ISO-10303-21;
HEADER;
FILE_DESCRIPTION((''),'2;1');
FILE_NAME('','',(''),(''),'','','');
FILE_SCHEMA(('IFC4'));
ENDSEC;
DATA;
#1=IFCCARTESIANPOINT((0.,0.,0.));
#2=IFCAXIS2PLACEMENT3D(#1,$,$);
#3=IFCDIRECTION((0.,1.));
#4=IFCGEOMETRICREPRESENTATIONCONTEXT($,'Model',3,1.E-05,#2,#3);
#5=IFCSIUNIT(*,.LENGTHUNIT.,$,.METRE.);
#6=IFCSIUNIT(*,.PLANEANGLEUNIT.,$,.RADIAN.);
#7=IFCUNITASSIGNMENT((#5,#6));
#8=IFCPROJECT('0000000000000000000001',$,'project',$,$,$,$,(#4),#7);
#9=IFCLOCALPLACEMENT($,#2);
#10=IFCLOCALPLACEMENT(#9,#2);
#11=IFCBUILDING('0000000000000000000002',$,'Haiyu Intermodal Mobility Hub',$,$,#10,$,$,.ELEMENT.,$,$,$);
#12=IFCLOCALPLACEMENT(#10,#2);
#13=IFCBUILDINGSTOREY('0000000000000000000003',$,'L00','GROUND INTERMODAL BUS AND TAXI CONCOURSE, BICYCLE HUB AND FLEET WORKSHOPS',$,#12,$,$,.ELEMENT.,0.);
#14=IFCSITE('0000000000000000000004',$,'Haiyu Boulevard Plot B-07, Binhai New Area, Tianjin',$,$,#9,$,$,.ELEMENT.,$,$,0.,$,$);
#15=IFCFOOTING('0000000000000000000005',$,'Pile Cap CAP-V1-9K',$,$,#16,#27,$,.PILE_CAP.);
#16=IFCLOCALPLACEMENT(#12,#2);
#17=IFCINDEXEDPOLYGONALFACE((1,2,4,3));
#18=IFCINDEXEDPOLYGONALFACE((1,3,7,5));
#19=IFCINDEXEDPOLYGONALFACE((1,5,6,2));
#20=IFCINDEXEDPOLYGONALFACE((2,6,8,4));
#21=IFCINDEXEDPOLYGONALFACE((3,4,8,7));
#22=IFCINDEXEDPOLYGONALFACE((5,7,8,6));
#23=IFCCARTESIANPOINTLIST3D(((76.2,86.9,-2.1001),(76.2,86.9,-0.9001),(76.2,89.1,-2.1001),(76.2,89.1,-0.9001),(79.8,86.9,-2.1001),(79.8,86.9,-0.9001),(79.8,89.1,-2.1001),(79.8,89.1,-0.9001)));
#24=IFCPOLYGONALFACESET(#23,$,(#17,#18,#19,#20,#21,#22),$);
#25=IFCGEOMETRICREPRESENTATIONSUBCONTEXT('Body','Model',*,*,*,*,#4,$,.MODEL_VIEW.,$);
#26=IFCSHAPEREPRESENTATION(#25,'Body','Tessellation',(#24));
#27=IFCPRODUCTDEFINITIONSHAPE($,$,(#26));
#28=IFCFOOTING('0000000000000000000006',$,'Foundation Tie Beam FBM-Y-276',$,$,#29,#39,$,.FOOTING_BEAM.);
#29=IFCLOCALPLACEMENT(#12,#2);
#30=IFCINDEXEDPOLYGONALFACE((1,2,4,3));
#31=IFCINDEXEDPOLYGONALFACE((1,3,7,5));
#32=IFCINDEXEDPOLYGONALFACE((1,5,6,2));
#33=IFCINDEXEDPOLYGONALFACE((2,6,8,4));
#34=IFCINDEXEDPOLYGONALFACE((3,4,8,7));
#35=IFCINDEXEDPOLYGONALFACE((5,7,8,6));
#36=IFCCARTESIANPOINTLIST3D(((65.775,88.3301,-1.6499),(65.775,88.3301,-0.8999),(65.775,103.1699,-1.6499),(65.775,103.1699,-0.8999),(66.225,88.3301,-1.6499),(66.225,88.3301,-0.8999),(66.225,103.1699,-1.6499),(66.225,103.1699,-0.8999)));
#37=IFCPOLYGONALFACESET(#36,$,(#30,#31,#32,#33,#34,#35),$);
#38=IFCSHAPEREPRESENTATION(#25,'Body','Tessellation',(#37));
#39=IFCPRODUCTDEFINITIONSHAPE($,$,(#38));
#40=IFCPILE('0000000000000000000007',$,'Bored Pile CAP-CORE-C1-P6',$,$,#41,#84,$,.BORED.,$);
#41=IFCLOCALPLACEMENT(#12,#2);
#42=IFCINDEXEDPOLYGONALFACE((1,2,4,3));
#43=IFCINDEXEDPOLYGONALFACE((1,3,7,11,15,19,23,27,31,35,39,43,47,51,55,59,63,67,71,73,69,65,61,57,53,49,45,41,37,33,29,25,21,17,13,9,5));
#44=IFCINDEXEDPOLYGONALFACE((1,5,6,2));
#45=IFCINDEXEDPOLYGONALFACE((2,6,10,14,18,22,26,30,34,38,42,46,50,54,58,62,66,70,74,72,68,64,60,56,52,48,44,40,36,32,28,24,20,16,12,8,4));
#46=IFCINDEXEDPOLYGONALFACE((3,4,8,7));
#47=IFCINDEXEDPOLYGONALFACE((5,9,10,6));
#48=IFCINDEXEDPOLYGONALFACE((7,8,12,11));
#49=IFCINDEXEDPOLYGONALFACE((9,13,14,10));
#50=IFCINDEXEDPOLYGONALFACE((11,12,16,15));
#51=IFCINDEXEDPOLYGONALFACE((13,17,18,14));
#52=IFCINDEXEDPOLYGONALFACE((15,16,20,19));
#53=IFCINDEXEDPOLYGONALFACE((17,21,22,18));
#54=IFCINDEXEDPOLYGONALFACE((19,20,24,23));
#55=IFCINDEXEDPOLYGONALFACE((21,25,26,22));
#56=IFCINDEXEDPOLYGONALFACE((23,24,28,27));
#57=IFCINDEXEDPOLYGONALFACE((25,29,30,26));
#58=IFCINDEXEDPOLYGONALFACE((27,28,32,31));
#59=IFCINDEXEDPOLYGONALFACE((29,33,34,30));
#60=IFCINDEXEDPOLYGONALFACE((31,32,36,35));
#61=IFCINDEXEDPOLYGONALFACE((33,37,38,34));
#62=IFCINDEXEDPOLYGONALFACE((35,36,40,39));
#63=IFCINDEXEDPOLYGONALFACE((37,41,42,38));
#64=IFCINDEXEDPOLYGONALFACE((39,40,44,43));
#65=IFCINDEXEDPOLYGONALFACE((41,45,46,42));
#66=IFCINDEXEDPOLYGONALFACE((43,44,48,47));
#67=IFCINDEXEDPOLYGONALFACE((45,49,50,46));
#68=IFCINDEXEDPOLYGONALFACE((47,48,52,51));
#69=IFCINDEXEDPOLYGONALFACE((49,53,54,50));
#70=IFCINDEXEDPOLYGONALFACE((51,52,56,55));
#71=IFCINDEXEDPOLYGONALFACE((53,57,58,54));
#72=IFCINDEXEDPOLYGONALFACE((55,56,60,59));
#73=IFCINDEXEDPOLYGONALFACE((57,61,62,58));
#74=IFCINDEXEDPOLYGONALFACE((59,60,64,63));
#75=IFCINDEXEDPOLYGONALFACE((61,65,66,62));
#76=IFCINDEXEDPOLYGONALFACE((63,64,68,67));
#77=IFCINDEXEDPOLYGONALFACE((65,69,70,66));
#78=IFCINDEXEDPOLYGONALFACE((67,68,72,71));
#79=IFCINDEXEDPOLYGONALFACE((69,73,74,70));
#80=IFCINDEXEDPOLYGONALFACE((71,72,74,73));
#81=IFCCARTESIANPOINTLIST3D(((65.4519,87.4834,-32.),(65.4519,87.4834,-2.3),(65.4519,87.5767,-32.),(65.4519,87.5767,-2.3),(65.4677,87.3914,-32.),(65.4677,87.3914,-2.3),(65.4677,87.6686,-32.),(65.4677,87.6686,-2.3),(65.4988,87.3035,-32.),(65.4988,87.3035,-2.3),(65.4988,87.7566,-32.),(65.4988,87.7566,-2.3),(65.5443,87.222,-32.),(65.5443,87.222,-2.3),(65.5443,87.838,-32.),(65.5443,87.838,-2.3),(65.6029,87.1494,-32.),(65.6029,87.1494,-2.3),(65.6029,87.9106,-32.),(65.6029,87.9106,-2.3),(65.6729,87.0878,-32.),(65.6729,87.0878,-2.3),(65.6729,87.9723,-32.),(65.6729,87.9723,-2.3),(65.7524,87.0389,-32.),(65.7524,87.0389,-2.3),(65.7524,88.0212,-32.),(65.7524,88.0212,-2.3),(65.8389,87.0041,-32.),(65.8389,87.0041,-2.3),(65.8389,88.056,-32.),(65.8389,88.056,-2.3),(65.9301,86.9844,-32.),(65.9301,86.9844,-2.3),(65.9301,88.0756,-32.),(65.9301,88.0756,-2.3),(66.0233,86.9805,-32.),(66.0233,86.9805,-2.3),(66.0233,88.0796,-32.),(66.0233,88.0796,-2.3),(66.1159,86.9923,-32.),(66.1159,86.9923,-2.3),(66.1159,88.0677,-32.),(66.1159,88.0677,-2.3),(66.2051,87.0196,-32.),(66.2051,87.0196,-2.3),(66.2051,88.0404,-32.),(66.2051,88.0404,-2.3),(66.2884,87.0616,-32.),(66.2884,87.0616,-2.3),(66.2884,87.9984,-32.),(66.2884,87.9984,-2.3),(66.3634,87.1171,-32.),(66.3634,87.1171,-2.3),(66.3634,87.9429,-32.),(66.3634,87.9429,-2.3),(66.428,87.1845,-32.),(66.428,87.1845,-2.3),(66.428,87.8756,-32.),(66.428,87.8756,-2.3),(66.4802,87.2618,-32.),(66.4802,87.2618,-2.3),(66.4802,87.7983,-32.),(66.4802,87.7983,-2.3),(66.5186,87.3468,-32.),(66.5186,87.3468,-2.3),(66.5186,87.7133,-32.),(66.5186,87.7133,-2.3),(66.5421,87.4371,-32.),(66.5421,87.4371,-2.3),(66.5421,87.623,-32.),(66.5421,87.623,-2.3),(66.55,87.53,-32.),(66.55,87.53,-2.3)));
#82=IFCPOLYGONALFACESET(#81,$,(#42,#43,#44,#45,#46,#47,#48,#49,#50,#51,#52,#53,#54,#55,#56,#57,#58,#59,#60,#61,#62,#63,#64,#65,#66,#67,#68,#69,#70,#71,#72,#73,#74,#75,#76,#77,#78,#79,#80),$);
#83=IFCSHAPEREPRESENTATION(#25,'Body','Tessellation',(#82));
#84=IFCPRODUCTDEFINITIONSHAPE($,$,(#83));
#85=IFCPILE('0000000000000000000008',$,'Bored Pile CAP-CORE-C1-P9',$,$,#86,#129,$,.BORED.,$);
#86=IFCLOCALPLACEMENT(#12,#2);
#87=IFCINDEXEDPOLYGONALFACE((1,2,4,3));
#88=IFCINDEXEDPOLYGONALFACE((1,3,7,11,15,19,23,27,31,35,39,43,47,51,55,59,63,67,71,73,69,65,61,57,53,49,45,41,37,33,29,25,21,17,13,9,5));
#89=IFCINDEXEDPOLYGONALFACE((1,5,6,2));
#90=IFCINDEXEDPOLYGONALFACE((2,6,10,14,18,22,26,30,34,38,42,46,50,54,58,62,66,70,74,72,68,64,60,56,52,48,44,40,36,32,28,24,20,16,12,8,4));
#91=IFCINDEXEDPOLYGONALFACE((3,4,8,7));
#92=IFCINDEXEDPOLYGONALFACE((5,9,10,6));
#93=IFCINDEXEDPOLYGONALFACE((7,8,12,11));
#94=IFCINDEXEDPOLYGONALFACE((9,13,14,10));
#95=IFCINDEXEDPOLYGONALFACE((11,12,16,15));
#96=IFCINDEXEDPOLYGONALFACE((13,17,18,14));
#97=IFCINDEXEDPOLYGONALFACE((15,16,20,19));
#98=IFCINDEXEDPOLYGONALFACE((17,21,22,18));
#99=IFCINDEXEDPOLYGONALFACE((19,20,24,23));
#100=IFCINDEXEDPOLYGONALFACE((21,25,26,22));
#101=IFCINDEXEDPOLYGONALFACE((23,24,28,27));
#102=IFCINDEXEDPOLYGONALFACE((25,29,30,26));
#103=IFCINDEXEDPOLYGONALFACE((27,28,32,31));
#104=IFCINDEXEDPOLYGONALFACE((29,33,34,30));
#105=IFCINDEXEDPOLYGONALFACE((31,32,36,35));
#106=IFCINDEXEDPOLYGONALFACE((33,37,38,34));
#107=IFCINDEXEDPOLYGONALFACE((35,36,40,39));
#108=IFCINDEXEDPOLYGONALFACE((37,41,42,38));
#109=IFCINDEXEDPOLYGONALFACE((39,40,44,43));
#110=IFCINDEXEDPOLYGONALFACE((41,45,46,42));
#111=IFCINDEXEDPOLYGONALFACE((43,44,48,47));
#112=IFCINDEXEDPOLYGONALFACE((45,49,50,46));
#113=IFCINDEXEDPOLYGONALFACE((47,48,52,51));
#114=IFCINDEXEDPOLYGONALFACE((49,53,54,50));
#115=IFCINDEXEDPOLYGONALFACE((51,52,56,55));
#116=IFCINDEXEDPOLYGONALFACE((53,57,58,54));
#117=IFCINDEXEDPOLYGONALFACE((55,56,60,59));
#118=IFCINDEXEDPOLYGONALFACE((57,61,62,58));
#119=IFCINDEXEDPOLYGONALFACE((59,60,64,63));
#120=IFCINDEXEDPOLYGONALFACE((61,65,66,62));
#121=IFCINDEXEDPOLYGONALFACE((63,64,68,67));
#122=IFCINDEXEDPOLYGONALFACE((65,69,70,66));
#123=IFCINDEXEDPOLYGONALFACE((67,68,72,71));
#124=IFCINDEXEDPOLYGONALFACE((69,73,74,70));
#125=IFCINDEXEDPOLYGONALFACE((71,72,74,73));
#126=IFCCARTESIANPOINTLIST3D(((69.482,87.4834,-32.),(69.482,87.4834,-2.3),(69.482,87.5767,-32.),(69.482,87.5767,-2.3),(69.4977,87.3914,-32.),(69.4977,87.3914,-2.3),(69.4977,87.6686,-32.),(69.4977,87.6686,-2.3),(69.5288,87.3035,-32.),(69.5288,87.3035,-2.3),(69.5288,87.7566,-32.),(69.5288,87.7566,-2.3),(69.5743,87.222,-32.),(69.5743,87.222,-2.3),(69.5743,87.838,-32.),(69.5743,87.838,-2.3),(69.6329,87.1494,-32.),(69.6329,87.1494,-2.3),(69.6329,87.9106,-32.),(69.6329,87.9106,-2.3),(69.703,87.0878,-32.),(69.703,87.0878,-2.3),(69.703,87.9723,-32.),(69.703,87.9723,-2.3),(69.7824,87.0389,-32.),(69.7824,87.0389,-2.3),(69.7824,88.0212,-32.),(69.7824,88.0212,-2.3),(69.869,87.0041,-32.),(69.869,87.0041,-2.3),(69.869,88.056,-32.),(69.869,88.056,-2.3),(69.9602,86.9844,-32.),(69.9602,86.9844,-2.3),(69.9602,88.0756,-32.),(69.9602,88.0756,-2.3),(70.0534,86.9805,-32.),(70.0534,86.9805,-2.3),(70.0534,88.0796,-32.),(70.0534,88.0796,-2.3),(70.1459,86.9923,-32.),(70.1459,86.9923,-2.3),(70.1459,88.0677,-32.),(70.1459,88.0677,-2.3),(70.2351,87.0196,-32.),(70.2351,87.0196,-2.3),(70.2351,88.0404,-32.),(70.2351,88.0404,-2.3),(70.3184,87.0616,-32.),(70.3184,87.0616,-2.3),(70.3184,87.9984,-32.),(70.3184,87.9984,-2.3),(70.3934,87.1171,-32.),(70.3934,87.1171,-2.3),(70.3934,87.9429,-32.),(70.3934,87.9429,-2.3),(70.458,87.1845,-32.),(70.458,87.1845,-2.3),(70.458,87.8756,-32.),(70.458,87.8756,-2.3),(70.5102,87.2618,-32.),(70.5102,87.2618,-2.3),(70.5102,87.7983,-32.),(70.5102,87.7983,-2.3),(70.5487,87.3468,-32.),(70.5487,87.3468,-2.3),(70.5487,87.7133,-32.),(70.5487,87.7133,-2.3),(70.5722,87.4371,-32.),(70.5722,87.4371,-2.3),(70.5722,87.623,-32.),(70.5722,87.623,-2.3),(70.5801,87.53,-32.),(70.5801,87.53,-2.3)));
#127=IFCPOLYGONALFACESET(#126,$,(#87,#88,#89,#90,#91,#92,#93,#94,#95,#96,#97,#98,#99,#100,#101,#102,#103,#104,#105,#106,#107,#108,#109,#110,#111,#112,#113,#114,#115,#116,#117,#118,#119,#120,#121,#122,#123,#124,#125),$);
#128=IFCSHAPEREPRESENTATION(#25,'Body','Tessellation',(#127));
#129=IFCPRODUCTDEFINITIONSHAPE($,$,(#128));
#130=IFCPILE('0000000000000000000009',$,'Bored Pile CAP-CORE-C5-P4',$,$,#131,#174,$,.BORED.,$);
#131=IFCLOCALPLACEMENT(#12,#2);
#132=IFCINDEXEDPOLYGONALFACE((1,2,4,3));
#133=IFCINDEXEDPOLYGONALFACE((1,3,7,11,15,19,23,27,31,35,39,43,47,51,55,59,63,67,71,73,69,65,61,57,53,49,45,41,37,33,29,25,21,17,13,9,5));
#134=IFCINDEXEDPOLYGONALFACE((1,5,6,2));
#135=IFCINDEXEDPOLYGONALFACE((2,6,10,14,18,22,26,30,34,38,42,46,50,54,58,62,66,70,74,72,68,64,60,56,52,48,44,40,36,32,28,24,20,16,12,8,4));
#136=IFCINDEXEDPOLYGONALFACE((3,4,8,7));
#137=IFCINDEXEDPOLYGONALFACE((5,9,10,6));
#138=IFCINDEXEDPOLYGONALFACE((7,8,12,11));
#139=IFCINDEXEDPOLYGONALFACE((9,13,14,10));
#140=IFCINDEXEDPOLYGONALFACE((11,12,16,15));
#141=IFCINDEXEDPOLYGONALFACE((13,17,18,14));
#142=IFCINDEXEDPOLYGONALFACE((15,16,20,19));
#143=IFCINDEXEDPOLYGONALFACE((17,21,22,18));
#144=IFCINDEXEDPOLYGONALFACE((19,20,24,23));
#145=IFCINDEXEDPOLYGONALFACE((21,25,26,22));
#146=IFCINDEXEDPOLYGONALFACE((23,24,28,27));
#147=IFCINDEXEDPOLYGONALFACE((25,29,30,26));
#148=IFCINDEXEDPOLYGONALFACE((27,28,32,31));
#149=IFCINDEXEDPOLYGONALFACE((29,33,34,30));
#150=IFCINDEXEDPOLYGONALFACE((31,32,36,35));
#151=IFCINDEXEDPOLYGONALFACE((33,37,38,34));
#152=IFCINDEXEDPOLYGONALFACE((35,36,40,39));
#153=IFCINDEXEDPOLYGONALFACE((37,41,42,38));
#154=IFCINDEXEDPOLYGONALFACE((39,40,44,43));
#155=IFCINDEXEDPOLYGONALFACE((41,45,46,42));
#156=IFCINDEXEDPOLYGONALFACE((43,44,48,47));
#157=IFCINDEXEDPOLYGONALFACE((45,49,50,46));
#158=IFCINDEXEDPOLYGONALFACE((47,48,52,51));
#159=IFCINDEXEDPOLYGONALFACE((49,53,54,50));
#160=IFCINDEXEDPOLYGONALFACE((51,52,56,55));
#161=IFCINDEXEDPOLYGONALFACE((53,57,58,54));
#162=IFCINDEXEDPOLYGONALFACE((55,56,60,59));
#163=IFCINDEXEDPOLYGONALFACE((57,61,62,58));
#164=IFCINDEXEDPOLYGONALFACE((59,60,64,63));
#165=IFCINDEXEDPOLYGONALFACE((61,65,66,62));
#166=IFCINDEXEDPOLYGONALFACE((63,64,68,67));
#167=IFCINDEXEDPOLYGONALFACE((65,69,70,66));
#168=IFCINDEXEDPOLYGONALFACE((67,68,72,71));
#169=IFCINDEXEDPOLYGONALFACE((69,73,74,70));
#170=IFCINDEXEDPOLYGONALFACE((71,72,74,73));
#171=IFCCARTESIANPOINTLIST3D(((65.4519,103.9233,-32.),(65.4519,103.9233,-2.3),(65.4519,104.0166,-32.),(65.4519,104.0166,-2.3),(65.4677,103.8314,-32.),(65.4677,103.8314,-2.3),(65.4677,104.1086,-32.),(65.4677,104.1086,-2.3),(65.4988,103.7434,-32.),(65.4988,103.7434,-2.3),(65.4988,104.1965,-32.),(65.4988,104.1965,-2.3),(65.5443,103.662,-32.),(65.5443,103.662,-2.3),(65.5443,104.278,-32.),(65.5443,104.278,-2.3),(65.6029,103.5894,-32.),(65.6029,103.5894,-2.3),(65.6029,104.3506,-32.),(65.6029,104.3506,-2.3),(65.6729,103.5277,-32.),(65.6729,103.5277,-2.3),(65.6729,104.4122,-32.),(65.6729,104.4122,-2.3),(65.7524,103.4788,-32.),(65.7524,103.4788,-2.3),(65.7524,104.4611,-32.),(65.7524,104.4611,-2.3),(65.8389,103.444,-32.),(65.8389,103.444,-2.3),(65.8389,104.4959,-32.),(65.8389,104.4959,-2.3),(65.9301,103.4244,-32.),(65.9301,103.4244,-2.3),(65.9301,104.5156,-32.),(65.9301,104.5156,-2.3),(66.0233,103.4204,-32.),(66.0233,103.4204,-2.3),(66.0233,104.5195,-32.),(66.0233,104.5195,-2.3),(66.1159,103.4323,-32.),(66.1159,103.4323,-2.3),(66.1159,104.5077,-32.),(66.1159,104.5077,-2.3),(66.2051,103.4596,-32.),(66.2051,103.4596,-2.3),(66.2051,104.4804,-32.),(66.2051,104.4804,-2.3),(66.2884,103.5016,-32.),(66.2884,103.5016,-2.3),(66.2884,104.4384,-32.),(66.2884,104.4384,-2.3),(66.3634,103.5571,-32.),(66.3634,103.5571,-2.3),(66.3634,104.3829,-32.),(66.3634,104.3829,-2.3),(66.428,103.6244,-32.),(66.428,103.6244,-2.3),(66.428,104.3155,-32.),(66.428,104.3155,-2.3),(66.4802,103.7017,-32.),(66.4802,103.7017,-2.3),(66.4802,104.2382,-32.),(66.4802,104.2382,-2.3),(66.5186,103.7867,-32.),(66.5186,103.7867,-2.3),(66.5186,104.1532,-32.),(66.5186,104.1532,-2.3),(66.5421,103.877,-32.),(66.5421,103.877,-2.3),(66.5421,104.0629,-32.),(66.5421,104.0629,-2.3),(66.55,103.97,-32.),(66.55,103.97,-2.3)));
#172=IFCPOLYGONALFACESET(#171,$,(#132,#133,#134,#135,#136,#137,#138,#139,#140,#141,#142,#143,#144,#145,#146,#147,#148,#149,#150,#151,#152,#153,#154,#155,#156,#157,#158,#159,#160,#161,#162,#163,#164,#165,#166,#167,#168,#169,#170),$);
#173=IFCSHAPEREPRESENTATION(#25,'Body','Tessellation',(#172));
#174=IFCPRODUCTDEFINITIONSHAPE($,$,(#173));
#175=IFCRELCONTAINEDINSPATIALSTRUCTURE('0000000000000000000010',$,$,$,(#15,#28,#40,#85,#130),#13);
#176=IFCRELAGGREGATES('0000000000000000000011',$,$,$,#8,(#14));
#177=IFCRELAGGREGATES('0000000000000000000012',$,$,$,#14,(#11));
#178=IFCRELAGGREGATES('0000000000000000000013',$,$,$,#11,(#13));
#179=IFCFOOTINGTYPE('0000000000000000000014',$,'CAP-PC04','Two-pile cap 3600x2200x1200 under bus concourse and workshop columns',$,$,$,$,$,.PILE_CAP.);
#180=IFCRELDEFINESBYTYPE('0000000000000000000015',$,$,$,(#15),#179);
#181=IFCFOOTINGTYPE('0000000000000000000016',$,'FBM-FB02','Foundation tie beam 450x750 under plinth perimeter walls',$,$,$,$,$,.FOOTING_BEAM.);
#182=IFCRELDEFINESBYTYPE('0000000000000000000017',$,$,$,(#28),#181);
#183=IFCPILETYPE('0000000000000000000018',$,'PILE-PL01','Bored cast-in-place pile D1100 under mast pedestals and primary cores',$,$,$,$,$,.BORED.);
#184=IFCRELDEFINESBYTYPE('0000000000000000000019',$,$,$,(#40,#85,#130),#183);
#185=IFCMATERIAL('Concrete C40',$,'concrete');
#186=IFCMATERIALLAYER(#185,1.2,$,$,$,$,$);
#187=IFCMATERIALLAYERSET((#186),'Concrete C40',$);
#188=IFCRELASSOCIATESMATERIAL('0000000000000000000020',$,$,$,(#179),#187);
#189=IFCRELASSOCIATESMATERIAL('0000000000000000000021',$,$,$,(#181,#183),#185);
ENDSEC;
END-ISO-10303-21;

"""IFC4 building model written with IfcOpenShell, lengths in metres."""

from ifc_helpers import new_model, si_unit, direction, frame, origin, origin_2d, place, context, subcontext, project, spatial, rectangle, circle, extrude, material, layer, layer_set, material_profile, profile_set, type_object, element, save


model = new_model("IFC4")

# Units and contexts
model_context = context("Model", 3, precision=1e-05, world=origin(), true_north=direction((0.0, 1.0)))
body_context = subcontext(model_context, "Body", "Model", "MODEL_VIEW")
ifc_project = project(units=[si_unit("LENGTHUNIT", "METRE"), si_unit("PLANEANGLEUNIT", "RADIAN")], contexts=[model_context])

# Site, building, storey
site_placement = place(None, origin())
site = spatial("IfcSite", under=ifc_project, at=site_placement, Name="Haiyu Boulevard Plot B-07, Binhai New Area, Tianjin", CompositionType="ELEMENT", RefElevation=0.0)
building_placement = place(site_placement, origin())
building = spatial("IfcBuilding", under=site, at=building_placement, Name="Haiyu Intermodal Mobility Hub", CompositionType="ELEMENT")
storey_placement = place(building_placement, origin())
storey = spatial("IfcBuildingStorey", under=building, at=storey_placement, Name="L00", Description="GROUND INTERMODAL BUS AND TAXI CONCOURSE, BICYCLE HUB AND FLEET WORKSHOPS", CompositionType="ELEMENT", Elevation=0.0)

# Footings
ifc_material_1 = material(Name="Concrete C40", Category="concrete")
ifc_layer_1 = layer(ifc_material_1, 1.2)
ifc_layer_set_1 = layer_set([ifc_layer_1], Name="Concrete C40")
footing_type_1 = type_object("IfcFootingType", Name="CAP-PC04", Description="Two-pile cap 3600x2200x1200 under bus concourse and workshop columns", PredefinedType="PILE_CAP", material=ifc_layer_set_1)
footing_1_placement = place(storey_placement, frame((78.0, 88.0, -2.1001), z_axis=(0.0, 0.0, 1.0), x_axis=(1.0, 0.0, 0.0)))
element("IfcFooting", 1, at=footing_1_placement, inside=storey, type_object=footing_type_1, Name="Pile Cap CAP-V1-9K", PredefinedType="PILE_CAP", context=body_context, shape_type="SweptSolid", body=[
    extrude(rectangle(XDim=3.6001, YDim=2.2, at=origin_2d()), origin(), (0.0, 0.0, 1.0), 1.2),
])
ifc_material_profile_1 = material_profile(ifc_material_1, rectangle(XDim=0.45, YDim=0.75, at=origin_2d()), Name="FB450x750")
ifc_profile_set_1 = profile_set([ifc_material_profile_1], Name="Concrete C40")
footing_type_2 = type_object("IfcFootingType", Name="FBM-FB02", Description="Foundation tie beam 450x750 under plinth perimeter walls", PredefinedType="FOOTING_BEAM", material=ifc_profile_set_1)
footing_2_placement = place(storey_placement, frame((66.0, 88.3301, -1.2749), z_axis=(0.0, 1.0, 0.0), x_axis=(-1.0, 0.0, 0.0)))
element("IfcFooting", 2, at=footing_2_placement, inside=storey, type_object=footing_type_2, Name="Foundation Tie Beam FBM-Y-276", PredefinedType="FOOTING_BEAM", context=body_context, shape_type="SweptSolid", body=[
    extrude(rectangle(XDim=0.45, YDim=0.75, at=origin_2d()), origin(), (0.0, 0.0, 1.0), 14.8398),
])

# Piles
ifc_material_profile_2 = material_profile(ifc_material_1, circle(Radius=0.55, at=origin_2d()), Name="PILE-D1100")
ifc_profile_set_2 = profile_set([ifc_material_profile_2], Name="Concrete C40")
pile_type_1 = type_object("IfcPileType", Name="PILE-PL01", Description="Bored cast-in-place pile D1100 under mast pedestals and primary cores", PredefinedType="BORED", material=ifc_profile_set_2)
for number, where, z_axis, x_axis, name in (
    (3, (66.0, 87.53, -2.3), (0.0, 0.0, -1.0), (1.0, 0.0, 0.0), "Bored Pile CAP-CORE-C1-P6"),
    (4, (70.03, 87.53, -2.3), (0.0, 0.0, -1.0), (1.0, 0.0, 0.0), "Bored Pile CAP-CORE-C1-P9"),
    (5, (66.0, 103.97, -2.3), (0.0, 0.0, -1.0), (1.0, 0.0, 0.0), "Bored Pile CAP-CORE-C5-P4"),
):
    element("IfcPile", number, at=place(storey_placement, frame(where, z_axis=z_axis, x_axis=x_axis)), inside=storey, type_object=pile_type_1, Name=name, PredefinedType="BORED", context=body_context, shape_type="SweptSolid", body=[
        extrude(circle(Radius=0.55, at=origin_2d()), origin(), (0.0, 0.0, 1.0), 29.7),
    ])

save(model, "model.ifc")
